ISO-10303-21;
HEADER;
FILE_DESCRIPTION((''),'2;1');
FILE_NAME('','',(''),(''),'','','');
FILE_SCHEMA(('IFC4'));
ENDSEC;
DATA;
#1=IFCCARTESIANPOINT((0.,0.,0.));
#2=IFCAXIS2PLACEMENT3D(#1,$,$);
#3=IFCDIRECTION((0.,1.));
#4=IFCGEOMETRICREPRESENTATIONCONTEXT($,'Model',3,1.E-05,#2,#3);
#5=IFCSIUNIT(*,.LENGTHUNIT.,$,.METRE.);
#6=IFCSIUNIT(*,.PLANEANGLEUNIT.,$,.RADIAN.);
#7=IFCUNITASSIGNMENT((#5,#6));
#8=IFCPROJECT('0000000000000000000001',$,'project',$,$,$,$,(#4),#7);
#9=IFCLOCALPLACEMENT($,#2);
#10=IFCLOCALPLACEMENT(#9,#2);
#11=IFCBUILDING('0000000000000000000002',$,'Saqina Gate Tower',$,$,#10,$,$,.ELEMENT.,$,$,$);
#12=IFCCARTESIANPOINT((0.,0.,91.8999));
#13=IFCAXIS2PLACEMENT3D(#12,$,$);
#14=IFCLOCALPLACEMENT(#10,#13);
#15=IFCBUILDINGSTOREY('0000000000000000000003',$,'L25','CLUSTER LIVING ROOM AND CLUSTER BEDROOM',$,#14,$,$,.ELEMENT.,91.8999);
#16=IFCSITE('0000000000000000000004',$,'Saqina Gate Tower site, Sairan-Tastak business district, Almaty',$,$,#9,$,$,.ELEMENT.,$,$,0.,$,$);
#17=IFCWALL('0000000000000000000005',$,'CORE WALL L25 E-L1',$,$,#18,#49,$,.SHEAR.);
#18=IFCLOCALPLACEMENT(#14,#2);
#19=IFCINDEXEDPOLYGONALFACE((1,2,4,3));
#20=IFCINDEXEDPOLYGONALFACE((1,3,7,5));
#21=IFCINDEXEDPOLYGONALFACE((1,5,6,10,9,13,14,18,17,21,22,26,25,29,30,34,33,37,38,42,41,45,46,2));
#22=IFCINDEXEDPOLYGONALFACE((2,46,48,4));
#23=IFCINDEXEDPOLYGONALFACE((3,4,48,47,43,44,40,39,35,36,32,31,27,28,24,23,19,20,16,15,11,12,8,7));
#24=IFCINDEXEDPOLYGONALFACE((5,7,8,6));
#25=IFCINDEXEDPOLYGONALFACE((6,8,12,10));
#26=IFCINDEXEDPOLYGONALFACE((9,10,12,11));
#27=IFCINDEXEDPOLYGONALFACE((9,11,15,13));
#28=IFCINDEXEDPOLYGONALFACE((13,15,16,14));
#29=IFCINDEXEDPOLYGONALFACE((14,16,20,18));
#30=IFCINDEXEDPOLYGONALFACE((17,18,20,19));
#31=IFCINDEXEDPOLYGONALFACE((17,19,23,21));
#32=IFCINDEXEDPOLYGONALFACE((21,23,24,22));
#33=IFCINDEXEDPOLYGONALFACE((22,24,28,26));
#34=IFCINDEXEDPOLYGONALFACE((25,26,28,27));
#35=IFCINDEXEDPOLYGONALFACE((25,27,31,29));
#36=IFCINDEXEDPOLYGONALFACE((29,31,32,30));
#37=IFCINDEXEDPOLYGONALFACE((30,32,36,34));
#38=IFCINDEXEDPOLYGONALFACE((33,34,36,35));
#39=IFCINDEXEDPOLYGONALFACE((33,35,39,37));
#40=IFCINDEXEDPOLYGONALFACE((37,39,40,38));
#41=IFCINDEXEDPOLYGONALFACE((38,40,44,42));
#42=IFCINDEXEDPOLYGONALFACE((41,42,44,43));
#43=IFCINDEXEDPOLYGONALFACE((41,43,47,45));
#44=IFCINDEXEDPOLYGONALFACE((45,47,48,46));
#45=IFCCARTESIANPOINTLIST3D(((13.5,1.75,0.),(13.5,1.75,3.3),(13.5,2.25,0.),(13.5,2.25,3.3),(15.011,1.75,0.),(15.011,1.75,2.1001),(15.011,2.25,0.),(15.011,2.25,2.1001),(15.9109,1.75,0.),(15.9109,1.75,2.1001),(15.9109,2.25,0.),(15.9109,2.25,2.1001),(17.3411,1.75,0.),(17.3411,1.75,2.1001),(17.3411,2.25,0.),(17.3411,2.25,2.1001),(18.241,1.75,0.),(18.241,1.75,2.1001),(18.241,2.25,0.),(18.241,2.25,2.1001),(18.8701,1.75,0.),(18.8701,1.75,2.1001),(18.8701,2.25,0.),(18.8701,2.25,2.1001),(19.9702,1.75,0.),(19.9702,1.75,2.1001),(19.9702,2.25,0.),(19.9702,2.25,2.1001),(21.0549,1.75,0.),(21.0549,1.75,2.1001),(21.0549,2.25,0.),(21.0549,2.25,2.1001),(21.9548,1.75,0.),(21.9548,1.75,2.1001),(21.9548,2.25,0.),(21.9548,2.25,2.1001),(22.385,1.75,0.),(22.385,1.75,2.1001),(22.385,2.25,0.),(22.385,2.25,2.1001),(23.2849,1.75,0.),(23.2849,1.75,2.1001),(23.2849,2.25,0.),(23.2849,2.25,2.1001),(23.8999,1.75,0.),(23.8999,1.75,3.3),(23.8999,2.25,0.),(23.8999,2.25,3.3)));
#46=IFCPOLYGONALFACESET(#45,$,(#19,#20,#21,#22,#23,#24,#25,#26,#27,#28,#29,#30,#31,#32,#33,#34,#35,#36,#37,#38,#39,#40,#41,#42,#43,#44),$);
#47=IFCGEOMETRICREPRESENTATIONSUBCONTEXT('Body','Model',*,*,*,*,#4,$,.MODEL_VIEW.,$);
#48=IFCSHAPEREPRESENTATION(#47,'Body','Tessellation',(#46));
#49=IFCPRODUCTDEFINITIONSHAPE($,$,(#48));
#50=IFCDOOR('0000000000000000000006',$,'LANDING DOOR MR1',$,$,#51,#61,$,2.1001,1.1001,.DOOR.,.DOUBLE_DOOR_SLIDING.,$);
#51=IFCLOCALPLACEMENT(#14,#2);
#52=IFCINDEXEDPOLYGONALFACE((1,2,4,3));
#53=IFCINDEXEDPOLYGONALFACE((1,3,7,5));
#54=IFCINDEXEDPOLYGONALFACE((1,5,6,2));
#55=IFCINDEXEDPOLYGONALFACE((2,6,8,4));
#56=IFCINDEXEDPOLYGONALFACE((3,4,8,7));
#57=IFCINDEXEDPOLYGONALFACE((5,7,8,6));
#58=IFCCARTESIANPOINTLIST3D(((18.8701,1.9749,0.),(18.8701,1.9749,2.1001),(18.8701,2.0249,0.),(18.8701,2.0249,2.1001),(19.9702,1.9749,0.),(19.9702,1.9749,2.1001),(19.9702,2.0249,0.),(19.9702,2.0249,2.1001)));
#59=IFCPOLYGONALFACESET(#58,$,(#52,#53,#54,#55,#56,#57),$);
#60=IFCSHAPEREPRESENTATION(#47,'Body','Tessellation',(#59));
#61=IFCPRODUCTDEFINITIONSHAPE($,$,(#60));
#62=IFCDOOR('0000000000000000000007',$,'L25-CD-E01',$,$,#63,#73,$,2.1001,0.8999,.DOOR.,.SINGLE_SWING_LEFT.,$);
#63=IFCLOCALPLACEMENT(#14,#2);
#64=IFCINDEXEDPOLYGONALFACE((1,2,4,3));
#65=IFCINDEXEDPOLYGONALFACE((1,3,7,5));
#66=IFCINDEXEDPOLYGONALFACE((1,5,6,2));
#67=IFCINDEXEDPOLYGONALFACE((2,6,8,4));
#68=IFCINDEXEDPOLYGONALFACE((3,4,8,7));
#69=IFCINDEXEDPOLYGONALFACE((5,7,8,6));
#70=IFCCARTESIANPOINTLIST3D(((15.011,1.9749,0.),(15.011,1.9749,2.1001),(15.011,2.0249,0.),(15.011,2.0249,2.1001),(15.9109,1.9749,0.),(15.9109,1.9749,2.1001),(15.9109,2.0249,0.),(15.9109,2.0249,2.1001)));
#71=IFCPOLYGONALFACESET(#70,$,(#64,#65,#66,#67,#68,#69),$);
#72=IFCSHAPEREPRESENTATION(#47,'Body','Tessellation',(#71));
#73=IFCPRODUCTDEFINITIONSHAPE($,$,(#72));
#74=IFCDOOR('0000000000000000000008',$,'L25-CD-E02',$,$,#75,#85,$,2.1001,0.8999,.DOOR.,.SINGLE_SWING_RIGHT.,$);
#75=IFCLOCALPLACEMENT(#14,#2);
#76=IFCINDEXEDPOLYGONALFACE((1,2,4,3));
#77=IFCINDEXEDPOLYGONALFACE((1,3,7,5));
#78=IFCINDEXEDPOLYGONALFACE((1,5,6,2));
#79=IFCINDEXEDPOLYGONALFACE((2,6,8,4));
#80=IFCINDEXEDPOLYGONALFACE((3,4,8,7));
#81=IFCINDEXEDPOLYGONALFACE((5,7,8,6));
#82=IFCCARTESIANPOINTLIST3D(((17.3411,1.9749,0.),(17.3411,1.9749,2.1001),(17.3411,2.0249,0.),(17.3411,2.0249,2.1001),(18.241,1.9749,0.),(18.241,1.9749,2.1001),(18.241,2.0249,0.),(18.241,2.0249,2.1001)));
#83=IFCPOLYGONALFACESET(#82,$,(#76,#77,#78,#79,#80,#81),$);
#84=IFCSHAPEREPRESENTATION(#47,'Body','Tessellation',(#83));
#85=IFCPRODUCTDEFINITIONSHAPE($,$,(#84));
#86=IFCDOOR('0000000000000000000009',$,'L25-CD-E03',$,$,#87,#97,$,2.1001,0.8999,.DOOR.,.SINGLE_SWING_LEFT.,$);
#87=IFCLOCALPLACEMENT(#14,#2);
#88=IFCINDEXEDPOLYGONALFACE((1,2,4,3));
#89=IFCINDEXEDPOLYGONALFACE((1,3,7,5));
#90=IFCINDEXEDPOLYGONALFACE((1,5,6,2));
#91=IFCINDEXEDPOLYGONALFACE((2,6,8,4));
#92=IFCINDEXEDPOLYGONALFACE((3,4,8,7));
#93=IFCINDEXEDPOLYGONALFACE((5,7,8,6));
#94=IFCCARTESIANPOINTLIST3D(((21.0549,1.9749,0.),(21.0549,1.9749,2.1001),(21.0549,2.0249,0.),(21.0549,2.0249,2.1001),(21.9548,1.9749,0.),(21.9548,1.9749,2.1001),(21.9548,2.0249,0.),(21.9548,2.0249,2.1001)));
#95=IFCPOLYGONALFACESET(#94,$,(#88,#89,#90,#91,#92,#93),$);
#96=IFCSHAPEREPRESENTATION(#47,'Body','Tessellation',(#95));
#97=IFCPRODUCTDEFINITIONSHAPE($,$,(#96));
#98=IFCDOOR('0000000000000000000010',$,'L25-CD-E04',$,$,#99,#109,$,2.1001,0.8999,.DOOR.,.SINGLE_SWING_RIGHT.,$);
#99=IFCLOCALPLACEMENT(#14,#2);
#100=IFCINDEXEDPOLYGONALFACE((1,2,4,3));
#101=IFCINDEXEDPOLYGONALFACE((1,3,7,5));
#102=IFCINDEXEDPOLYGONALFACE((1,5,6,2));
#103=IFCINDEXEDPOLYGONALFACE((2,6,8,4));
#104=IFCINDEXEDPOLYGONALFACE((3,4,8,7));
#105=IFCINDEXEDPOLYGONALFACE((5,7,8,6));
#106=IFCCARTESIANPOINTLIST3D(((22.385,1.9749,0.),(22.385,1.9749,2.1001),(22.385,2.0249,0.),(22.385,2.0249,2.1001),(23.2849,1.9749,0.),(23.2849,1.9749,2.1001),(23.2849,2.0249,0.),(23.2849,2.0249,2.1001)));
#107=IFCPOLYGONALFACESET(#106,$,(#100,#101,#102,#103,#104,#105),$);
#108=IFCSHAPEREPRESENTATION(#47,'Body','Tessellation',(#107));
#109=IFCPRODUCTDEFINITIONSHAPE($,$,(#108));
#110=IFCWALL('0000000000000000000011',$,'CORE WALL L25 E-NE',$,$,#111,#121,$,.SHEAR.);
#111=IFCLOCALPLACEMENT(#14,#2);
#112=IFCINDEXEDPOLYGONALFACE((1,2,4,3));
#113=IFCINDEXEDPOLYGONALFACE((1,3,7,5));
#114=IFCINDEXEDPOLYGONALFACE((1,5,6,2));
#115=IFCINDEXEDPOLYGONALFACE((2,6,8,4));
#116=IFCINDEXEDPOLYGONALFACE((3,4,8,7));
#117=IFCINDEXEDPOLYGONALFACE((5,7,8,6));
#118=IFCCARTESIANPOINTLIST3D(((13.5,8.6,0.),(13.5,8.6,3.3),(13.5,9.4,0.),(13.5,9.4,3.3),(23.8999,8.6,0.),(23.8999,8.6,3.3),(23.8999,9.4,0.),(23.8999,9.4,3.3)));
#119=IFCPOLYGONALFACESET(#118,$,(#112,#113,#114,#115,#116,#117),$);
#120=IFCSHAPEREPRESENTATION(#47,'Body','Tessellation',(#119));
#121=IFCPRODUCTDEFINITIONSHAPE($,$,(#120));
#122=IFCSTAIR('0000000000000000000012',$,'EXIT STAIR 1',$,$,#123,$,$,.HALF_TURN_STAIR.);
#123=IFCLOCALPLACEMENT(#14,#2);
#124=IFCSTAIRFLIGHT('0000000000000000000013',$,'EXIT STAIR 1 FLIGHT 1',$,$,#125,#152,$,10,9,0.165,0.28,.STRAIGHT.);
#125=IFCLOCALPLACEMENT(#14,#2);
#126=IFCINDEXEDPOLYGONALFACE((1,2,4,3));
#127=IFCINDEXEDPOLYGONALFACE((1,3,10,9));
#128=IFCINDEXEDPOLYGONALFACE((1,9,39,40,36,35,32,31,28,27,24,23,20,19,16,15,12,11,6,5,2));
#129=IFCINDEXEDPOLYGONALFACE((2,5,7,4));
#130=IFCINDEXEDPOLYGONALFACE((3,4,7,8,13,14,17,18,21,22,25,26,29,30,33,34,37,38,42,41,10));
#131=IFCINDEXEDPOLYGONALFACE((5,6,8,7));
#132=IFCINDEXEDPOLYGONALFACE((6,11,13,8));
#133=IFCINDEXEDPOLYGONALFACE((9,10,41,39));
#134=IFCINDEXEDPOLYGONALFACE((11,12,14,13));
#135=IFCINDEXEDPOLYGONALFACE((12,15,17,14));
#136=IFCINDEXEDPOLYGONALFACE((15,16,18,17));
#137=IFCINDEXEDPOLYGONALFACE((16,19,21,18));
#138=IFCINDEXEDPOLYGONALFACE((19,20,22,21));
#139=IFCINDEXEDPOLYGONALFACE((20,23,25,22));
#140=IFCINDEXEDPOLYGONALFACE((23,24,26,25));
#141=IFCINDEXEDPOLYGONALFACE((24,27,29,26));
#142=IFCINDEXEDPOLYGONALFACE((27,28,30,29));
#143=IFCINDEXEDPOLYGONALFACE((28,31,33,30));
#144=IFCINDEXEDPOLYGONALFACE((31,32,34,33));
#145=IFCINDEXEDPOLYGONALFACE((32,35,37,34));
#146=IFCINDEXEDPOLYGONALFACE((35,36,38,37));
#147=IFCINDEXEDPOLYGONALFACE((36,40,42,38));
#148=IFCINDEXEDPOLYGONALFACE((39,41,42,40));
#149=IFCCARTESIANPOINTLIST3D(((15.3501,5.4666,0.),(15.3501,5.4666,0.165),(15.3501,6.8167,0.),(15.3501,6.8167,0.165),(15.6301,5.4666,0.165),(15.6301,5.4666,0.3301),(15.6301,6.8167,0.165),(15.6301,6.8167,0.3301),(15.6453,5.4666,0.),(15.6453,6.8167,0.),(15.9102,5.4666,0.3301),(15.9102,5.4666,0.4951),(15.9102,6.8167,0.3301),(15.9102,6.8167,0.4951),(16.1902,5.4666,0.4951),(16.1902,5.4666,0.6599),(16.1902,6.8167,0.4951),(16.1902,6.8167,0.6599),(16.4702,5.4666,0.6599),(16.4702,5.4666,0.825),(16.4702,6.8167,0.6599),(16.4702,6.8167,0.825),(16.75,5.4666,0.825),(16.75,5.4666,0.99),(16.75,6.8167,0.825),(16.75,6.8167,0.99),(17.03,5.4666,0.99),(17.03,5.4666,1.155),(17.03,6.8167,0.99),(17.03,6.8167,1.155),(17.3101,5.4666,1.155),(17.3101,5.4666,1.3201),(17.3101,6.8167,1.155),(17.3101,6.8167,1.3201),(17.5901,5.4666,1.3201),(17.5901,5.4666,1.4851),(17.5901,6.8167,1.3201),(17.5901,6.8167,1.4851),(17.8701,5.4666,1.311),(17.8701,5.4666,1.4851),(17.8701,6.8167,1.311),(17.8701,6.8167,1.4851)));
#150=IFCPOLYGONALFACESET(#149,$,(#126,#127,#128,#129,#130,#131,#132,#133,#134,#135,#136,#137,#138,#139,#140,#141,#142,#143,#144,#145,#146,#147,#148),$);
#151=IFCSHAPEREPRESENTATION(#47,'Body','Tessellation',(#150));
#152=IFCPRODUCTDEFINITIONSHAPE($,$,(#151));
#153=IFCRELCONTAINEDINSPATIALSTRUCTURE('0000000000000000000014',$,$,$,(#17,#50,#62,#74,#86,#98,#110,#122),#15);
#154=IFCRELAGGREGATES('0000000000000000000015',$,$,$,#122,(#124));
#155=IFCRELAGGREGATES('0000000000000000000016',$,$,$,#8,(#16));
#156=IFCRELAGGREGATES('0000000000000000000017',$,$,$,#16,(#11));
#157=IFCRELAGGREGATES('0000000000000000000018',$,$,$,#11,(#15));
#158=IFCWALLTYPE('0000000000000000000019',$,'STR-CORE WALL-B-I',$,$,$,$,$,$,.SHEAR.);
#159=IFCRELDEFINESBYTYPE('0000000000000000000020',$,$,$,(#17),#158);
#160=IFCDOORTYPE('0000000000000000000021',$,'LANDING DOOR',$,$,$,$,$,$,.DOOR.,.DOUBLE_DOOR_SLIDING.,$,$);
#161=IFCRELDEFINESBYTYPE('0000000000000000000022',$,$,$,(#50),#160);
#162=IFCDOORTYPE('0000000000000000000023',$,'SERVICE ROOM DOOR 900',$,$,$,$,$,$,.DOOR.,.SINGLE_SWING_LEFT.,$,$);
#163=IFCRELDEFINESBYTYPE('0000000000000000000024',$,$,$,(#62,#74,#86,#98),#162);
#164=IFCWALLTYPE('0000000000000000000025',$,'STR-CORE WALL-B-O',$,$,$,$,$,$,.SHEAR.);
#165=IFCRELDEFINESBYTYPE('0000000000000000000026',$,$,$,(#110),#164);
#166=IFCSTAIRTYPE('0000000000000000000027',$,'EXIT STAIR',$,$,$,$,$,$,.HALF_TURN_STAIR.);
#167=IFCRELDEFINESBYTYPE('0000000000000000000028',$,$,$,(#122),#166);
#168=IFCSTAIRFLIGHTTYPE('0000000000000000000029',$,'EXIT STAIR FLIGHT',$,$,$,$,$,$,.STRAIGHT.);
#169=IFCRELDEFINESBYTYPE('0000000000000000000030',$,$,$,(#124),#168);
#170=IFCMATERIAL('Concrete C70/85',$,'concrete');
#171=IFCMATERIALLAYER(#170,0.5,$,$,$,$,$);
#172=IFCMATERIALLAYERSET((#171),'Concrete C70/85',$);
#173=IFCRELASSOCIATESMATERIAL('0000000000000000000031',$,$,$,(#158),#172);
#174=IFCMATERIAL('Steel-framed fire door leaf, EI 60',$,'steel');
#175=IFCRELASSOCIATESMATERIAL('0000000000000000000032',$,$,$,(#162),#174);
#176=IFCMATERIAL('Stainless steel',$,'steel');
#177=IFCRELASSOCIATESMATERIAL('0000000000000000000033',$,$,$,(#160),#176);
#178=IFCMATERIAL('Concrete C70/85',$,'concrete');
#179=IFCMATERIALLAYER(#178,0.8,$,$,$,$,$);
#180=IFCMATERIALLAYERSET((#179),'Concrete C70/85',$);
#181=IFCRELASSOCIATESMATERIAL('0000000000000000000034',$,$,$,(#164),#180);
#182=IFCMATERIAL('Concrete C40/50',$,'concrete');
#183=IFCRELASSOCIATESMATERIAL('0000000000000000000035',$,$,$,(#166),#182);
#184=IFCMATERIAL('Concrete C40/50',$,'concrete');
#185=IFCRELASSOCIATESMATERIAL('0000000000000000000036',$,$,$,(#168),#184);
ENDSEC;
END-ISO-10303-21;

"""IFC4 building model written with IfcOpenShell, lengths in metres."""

from ifc_helpers import new_model, si_unit, direction, frame, frame_2d, origin, place, context, subcontext, project, spatial, polyline, rectangle, outline, extrude, material, layer, layer_set, type_object, element, fill, aggregate, save


model = new_model("IFC4")

# Units and contexts
model_context = context("Model", 3, precision=1e-05, world=origin(), true_north=direction((0.0, 1.0)))
body_context = subcontext(model_context, "Body", "Model", "MODEL_VIEW")
ifc_project = project(units=[si_unit("LENGTHUNIT", "METRE"), si_unit("PLANEANGLEUNIT", "RADIAN")], contexts=[model_context])

# Site, building, storey
site_placement = place(None, origin())
site = spatial("IfcSite", under=ifc_project, at=site_placement, Name="Saqina Gate Tower site, Sairan-Tastak business district, Almaty", CompositionType="ELEMENT", RefElevation=0.0)
building_placement = place(site_placement, origin())
building = spatial("IfcBuilding", under=site, at=building_placement, Name="Saqina Gate Tower", CompositionType="ELEMENT")
storey_placement = place(building_placement, frame((0.0, 0.0, 91.8999)))
storey = spatial("IfcBuildingStorey", under=building, at=storey_placement, Name="L25", Description="CLUSTER LIVING ROOM AND CLUSTER BEDROOM", CompositionType="ELEMENT", Elevation=91.8999)

# Wall, openings, doors
ifc_material_1 = material(Name="Concrete C70/85", Category="concrete")
ifc_layer_1 = layer(ifc_material_1, 0.5)
ifc_layer_set_1 = layer_set([ifc_layer_1], Name="Concrete C70/85")
wall_type_1 = type_object("IfcWallType", Name="STR-CORE WALL-B-I", PredefinedType="SHEAR", material=ifc_layer_set_1)
ifc_material_2 = material(Name="Steel-framed fire door leaf, EI 60", Category="steel")
door_type_1 = type_object("IfcDoorType", Name="SERVICE ROOM DOOR 900", OperationType="SINGLE_SWING_LEFT", PredefinedType="DOOR", material=ifc_material_2)
wall_1_placement = place(storey_placement, frame((13.5, 2.0, 0.0), z_axis=(0.0, 0.0, 1.0), x_axis=(1.0, 0.0, 0.0)))
wall_1 = element("IfcWall", 1, at=wall_1_placement, inside=storey, type_object=wall_type_1, Name="CORE WALL L25 E-L1", PredefinedType="SHEAR", context=body_context, shape_type="SweptSolid", body=[
    extrude(rectangle(XDim=10.3999, YDim=0.5, at=frame_2d((5.2, 0.0))), origin(), (0.0, 0.0, 1.0), 3.3),
])
opening_1_placement = place(wall_1_placement, frame((5.3701, 0.0, 0.0)))
opening_1 = element("IfcOpeningElement", 2, at=opening_1_placement, cuts=wall_1, PredefinedType="OPENING", context=body_context, shape_type="SweptSolid", body=[
    extrude(rectangle(XDim=1.1001, YDim=2.1001, at=frame_2d((0.55, 1.05))), frame((0.0, 0.262, 0.0), z_axis=(0.0, -1.0, 0.0), x_axis=(1.0, 0.0, 0.0)), (0.0, 0.0, 1.0), 0.5239),
])
opening_2_placement = place(wall_1_placement, frame((1.511, 0.0, 0.0)))
opening_2 = element("IfcOpeningElement", 3, at=opening_2_placement, cuts=wall_1, PredefinedType="OPENING", context=body_context, shape_type="SweptSolid", body=[
    extrude(rectangle(XDim=0.8999, YDim=2.1001, at=frame_2d((0.45, 1.05))), frame((0.0, 0.262, 0.0), z_axis=(0.0, -1.0, 0.0), x_axis=(1.0, 0.0, 0.0)), (0.0, 0.0, 1.0), 0.5239),
])
opening_3_placement = place(wall_1_placement, frame((3.8411, 0.0, 0.0)))
opening_3 = element("IfcOpeningElement", 4, at=opening_3_placement, cuts=wall_1, PredefinedType="OPENING", context=body_context, shape_type="SweptSolid", body=[
    extrude(rectangle(XDim=0.8999, YDim=2.1001, at=frame_2d((0.45, 1.05))), frame((0.0, 0.262, 0.0), z_axis=(0.0, -1.0, 0.0), x_axis=(1.0, 0.0, 0.0)), (0.0, 0.0, 1.0), 0.5239),
])
opening_4_placement = place(wall_1_placement, frame((7.5549, 0.0, 0.0)))
opening_4 = element("IfcOpeningElement", 5, at=opening_4_placement, cuts=wall_1, PredefinedType="OPENING", context=body_context, shape_type="SweptSolid", body=[
    extrude(rectangle(XDim=0.8999, YDim=2.1001, at=frame_2d((0.45, 1.05))), frame((0.0, 0.262, 0.0), z_axis=(0.0, -1.0, 0.0), x_axis=(1.0, 0.0, 0.0)), (0.0, 0.0, 1.0), 0.5239),
])
opening_5_placement = place(wall_1_placement, frame((8.885, 0.0, 0.0)))
opening_5 = element("IfcOpeningElement", 6, at=opening_5_placement, cuts=wall_1, PredefinedType="OPENING", context=body_context, shape_type="SweptSolid", body=[
    extrude(rectangle(XDim=0.8999, YDim=2.1001, at=frame_2d((0.45, 1.05))), frame((0.0, 0.262, 0.0), z_axis=(0.0, -1.0, 0.0), x_axis=(1.0, 0.0, 0.0)), (0.0, 0.0, 1.0), 0.5239),
])
ifc_material_3 = material(Name="Stainless steel", Category="steel")
door_type_2 = type_object("IfcDoorType", Name="LANDING DOOR", OperationType="DOUBLE_DOOR_SLIDING", PredefinedType="DOOR", material=ifc_material_3)
door_1_placement = place(opening_1_placement, origin())
door_1 = element("IfcDoor", 7, at=door_1_placement, inside=storey, type_object=door_type_2, Name="LANDING DOOR MR1", OperationType="DOUBLE_DOOR_SLIDING", OverallHeight=2.1001, OverallWidth=1.1001, PredefinedType="DOOR", context=body_context, shape_type="SweptSolid", body=[
    extrude(rectangle(XDim=1.1001, YDim=2.1001, at=frame_2d((0.55, 1.05))), frame((0.0, 0.0249, 0.0), z_axis=(0.0, -1.0, 0.0), x_axis=(1.0, 0.0, 0.0)), (0.0, 0.0, 1.0), 0.05),
])
fill(opening_1, door_1)
door_2_placement = place(opening_2_placement, origin())
door_2 = element("IfcDoor", 8, at=door_2_placement, inside=storey, type_object=door_type_1, Name="L25-CD-E01", OperationType="SINGLE_SWING_LEFT", OverallHeight=2.1001, OverallWidth=0.8999, PredefinedType="DOOR", context=body_context, shape_type="SweptSolid", body=[
    extrude(rectangle(XDim=0.8999, YDim=2.1001, at=frame_2d((0.45, 1.05))), frame((0.0, 0.0249, 0.0), z_axis=(0.0, -1.0, 0.0), x_axis=(1.0, 0.0, 0.0)), (0.0, 0.0, 1.0), 0.05),
])
fill(opening_2, door_2)
door_3_placement = place(opening_3_placement, origin())
door_3 = element("IfcDoor", 9, at=door_3_placement, inside=storey, type_object=door_type_1, Name="L25-CD-E02", OperationType="SINGLE_SWING_RIGHT", OverallHeight=2.1001, OverallWidth=0.8999, PredefinedType="DOOR", context=body_context, shape_type="SweptSolid", body=[
    extrude(rectangle(XDim=0.8999, YDim=2.1001, at=frame_2d((0.45, 1.05))), frame((0.0, 0.0249, 0.0), z_axis=(0.0, -1.0, 0.0), x_axis=(1.0, 0.0, 0.0)), (0.0, 0.0, 1.0), 0.05),
])
fill(opening_3, door_3)
door_4_placement = place(opening_4_placement, origin())
door_4 = element("IfcDoor", 10, at=door_4_placement, inside=storey, type_object=door_type_1, Name="L25-CD-E03", OperationType="SINGLE_SWING_LEFT", OverallHeight=2.1001, OverallWidth=0.8999, PredefinedType="DOOR", context=body_context, shape_type="SweptSolid", body=[
    extrude(rectangle(XDim=0.8999, YDim=2.1001, at=frame_2d((0.45, 1.05))), frame((0.0, 0.0249, 0.0), z_axis=(0.0, -1.0, 0.0), x_axis=(1.0, 0.0, 0.0)), (0.0, 0.0, 1.0), 0.05),
])
fill(opening_4, door_4)
door_5_placement = place(opening_5_placement, origin())
door_5 = element("IfcDoor", 11, at=door_5_placement, inside=storey, type_object=door_type_1, Name="L25-CD-E04", OperationType="SINGLE_SWING_RIGHT", OverallHeight=2.1001, OverallWidth=0.8999, PredefinedType="DOOR", context=body_context, shape_type="SweptSolid", body=[
    extrude(rectangle(XDim=0.8999, YDim=2.1001, at=frame_2d((0.45, 1.05))), frame((0.0, 0.0249, 0.0), z_axis=(0.0, -1.0, 0.0), x_axis=(1.0, 0.0, 0.0)), (0.0, 0.0, 1.0), 0.05),
])
fill(opening_5, door_5)

# Wall
ifc_material_4 = material(Name="Concrete C70/85", Category="concrete")
ifc_layer_2 = layer(ifc_material_4, 0.8)
ifc_layer_set_2 = layer_set([ifc_layer_2], Name="Concrete C70/85")
wall_type_2 = type_object("IfcWallType", Name="STR-CORE WALL-B-O", PredefinedType="SHEAR", material=ifc_layer_set_2)
wall_2_placement = place(storey_placement, frame((13.5, 9.0, 0.0), z_axis=(0.0, 0.0, 1.0), x_axis=(1.0, 0.0, 0.0)))
element("IfcWall", 12, at=wall_2_placement, inside=storey, type_object=wall_type_2, Name="CORE WALL L25 E-NE", PredefinedType="SHEAR", context=body_context, shape_type="SweptSolid", body=[
    extrude(rectangle(XDim=10.3999, YDim=0.8, at=frame_2d((5.2, 0.0))), origin(), (0.0, 0.0, 1.0), 3.3),
])

# Stair, stair flight
ifc_material_5 = material(Name="Concrete C40/50", Category="concrete")
stair_type = type_object("IfcStairType", Name="EXIT STAIR", PredefinedType="HALF_TURN_STAIR", material=ifc_material_5)
stair_placement = place(storey_placement, origin())
stair = element("IfcStair", 13, at=stair_placement, inside=storey, type_object=stair_type, Name="EXIT STAIR 1", PredefinedType="HALF_TURN_STAIR")
ifc_material_6 = material(Name="Concrete C40/50", Category="concrete")
stair_flight_type = type_object("IfcStairFlightType", Name="EXIT STAIR FLIGHT", PredefinedType="STRAIGHT", material=ifc_material_6)
stair_flight_1_placement = place(storey_placement, frame((15.3501, 6.1416, 0.0), z_axis=(0.0, 0.0, 1.0), x_axis=(1.0, 0.0, 0.0)))
stair_flight_1 = element("IfcStairFlight", 14, at=stair_flight_1_placement, type_object=stair_flight_type, Name="EXIT STAIR 1 FLIGHT 1", NumberOfRisers=10, NumberOfTreads=9, PredefinedType="STRAIGHT", RiserHeight=0.165, TreadLength=0.28, context=body_context, shape_type="SweptSolid", body=[
    extrude(outline(polyline([(0.0, 0.0), (0.0, 0.165), (0.28, 0.165), (0.28, 0.3301), (0.5601, 0.3301), (0.5601, 0.4951), (0.8401, 0.4951), (0.8401, 0.6599), (1.1201, 0.6599), (1.1201, 0.825), (1.3999, 0.825), (1.3999, 0.99), (1.6799, 0.99), (1.6799, 1.155), (1.96, 1.155), (1.96, 1.3201), (2.24, 1.3201), (2.24, 1.4851), (2.52, 1.4851), (2.52, 1.6499), (2.52, 1.311), (0.2952, 0.0), (0.0, 0.0)])), frame((0.0, 0.675, 0.0), z_axis=(0.0, -1.0, 0.0), x_axis=(1.0, 0.0, 0.0)), (0.0, 0.0, 1.0), 1.3501),
])
aggregate(stair, [stair_flight_1])

save(model, "model.ifc")
